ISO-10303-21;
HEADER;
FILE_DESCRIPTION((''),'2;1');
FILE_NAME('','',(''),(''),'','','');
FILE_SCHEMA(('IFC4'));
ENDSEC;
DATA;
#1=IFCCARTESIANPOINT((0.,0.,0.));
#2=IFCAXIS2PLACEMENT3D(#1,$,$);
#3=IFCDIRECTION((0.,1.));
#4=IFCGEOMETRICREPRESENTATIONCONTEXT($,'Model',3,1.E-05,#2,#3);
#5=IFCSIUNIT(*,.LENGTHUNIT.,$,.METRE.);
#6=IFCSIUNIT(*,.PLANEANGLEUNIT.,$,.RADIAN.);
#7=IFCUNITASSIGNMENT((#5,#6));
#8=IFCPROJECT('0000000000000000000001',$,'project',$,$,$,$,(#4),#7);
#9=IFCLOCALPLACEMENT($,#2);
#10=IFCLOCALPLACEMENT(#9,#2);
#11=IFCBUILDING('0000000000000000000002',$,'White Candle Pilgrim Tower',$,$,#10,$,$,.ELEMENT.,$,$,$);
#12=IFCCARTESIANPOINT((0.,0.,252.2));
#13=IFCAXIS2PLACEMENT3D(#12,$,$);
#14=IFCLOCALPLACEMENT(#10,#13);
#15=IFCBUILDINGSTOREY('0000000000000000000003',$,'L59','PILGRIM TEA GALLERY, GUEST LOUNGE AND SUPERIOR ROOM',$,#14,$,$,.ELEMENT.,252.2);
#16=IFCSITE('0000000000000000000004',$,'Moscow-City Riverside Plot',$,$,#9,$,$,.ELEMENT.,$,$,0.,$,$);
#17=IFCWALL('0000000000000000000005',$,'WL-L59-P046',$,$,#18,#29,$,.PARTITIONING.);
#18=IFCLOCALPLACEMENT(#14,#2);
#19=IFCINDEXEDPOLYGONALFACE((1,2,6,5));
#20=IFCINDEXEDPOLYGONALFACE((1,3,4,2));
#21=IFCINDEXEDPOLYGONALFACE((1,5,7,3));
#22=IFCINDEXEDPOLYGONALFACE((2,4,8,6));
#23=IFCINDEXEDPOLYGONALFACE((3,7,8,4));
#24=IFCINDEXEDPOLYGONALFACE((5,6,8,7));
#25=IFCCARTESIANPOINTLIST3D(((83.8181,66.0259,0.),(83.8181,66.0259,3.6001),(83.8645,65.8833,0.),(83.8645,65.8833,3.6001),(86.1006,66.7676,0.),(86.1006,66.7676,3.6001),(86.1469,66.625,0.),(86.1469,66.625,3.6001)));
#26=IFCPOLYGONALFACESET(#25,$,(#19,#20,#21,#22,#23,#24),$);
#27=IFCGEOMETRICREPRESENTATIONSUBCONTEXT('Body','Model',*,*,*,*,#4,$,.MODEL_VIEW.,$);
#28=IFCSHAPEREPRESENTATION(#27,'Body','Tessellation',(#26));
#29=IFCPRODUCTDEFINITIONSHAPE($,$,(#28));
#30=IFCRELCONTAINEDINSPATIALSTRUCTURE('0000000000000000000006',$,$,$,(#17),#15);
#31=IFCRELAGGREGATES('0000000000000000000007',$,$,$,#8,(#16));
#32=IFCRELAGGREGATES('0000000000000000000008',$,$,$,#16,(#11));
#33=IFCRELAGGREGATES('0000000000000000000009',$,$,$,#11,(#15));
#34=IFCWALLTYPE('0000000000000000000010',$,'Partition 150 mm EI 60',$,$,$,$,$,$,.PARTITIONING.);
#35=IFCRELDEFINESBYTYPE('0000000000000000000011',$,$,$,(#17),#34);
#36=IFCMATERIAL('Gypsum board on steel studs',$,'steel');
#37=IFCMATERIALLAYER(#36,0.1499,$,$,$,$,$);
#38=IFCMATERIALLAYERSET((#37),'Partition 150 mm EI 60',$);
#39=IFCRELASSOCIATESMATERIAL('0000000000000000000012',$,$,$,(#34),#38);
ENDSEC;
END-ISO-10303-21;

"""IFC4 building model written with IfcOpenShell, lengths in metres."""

from ifc_helpers import new_model, si_unit, direction, frame, frame_2d, origin, place, context, subcontext, project, spatial, rectangle, extrude, material, layer, layer_set, type_object, element, save


model = new_model("IFC4")

# Units and contexts
model_context = context("Model", 3, precision=1e-05, world=origin(), true_north=direction((0.0, 1.0)))
body_context = subcontext(model_context, "Body", "Model", "MODEL_VIEW")
ifc_project = project(units=[si_unit("LENGTHUNIT", "METRE"), si_unit("PLANEANGLEUNIT", "RADIAN")], contexts=[model_context])

# Site, building, storey
site_placement = place(None, origin())
site = spatial("IfcSite", under=ifc_project, at=site_placement, Name="Moscow-City Riverside Plot", CompositionType="ELEMENT", RefElevation=0.0)
building_placement = place(site_placement, origin())
building = spatial("IfcBuilding", under=site, at=building_placement, Name="White Candle Pilgrim Tower", CompositionType="ELEMENT")
storey_placement = place(building_placement, frame((0.0, 0.0, 252.2)))
storey = spatial("IfcBuildingStorey", under=building, at=storey_placement, Name="L59", Description="PILGRIM TEA GALLERY, GUEST LOUNGE AND SUPERIOR ROOM", CompositionType="ELEMENT", Elevation=252.2)

# Shared definitions
ifc_material_1 = material(Name="Gypsum board on steel studs", Category="steel")

# Wall
ifc_layer_1 = layer(ifc_material_1, 0.1499)
ifc_layer_set_1 = layer_set([ifc_layer_1], Name="Partition 150 mm EI 60")
wall_type_1 = type_object("IfcWallType", Name="Partition 150 mm EI 60", PredefinedType="PARTITIONING", material=ifc_layer_set_1)
wall_1_placement = place(storey_placement, frame((83.8413, 65.9546, 0.0), z_axis=(0.0, 0.0, 1.0), x_axis=(0.951047, 0.309047, 0.0)))
element("IfcWall", 1, at=wall_1_placement, inside=storey, type_object=wall_type_1, Name="WL-L59-P046", PredefinedType="PARTITIONING", context=body_context, shape_type="SweptSolid", body=[
    extrude(rectangle(XDim=2.3999, YDim=0.1499, at=frame_2d((1.2, 0.0))), origin(), (0.0, 0.0, 1.0), 3.6001),
])

save(model, "model.ifc")
